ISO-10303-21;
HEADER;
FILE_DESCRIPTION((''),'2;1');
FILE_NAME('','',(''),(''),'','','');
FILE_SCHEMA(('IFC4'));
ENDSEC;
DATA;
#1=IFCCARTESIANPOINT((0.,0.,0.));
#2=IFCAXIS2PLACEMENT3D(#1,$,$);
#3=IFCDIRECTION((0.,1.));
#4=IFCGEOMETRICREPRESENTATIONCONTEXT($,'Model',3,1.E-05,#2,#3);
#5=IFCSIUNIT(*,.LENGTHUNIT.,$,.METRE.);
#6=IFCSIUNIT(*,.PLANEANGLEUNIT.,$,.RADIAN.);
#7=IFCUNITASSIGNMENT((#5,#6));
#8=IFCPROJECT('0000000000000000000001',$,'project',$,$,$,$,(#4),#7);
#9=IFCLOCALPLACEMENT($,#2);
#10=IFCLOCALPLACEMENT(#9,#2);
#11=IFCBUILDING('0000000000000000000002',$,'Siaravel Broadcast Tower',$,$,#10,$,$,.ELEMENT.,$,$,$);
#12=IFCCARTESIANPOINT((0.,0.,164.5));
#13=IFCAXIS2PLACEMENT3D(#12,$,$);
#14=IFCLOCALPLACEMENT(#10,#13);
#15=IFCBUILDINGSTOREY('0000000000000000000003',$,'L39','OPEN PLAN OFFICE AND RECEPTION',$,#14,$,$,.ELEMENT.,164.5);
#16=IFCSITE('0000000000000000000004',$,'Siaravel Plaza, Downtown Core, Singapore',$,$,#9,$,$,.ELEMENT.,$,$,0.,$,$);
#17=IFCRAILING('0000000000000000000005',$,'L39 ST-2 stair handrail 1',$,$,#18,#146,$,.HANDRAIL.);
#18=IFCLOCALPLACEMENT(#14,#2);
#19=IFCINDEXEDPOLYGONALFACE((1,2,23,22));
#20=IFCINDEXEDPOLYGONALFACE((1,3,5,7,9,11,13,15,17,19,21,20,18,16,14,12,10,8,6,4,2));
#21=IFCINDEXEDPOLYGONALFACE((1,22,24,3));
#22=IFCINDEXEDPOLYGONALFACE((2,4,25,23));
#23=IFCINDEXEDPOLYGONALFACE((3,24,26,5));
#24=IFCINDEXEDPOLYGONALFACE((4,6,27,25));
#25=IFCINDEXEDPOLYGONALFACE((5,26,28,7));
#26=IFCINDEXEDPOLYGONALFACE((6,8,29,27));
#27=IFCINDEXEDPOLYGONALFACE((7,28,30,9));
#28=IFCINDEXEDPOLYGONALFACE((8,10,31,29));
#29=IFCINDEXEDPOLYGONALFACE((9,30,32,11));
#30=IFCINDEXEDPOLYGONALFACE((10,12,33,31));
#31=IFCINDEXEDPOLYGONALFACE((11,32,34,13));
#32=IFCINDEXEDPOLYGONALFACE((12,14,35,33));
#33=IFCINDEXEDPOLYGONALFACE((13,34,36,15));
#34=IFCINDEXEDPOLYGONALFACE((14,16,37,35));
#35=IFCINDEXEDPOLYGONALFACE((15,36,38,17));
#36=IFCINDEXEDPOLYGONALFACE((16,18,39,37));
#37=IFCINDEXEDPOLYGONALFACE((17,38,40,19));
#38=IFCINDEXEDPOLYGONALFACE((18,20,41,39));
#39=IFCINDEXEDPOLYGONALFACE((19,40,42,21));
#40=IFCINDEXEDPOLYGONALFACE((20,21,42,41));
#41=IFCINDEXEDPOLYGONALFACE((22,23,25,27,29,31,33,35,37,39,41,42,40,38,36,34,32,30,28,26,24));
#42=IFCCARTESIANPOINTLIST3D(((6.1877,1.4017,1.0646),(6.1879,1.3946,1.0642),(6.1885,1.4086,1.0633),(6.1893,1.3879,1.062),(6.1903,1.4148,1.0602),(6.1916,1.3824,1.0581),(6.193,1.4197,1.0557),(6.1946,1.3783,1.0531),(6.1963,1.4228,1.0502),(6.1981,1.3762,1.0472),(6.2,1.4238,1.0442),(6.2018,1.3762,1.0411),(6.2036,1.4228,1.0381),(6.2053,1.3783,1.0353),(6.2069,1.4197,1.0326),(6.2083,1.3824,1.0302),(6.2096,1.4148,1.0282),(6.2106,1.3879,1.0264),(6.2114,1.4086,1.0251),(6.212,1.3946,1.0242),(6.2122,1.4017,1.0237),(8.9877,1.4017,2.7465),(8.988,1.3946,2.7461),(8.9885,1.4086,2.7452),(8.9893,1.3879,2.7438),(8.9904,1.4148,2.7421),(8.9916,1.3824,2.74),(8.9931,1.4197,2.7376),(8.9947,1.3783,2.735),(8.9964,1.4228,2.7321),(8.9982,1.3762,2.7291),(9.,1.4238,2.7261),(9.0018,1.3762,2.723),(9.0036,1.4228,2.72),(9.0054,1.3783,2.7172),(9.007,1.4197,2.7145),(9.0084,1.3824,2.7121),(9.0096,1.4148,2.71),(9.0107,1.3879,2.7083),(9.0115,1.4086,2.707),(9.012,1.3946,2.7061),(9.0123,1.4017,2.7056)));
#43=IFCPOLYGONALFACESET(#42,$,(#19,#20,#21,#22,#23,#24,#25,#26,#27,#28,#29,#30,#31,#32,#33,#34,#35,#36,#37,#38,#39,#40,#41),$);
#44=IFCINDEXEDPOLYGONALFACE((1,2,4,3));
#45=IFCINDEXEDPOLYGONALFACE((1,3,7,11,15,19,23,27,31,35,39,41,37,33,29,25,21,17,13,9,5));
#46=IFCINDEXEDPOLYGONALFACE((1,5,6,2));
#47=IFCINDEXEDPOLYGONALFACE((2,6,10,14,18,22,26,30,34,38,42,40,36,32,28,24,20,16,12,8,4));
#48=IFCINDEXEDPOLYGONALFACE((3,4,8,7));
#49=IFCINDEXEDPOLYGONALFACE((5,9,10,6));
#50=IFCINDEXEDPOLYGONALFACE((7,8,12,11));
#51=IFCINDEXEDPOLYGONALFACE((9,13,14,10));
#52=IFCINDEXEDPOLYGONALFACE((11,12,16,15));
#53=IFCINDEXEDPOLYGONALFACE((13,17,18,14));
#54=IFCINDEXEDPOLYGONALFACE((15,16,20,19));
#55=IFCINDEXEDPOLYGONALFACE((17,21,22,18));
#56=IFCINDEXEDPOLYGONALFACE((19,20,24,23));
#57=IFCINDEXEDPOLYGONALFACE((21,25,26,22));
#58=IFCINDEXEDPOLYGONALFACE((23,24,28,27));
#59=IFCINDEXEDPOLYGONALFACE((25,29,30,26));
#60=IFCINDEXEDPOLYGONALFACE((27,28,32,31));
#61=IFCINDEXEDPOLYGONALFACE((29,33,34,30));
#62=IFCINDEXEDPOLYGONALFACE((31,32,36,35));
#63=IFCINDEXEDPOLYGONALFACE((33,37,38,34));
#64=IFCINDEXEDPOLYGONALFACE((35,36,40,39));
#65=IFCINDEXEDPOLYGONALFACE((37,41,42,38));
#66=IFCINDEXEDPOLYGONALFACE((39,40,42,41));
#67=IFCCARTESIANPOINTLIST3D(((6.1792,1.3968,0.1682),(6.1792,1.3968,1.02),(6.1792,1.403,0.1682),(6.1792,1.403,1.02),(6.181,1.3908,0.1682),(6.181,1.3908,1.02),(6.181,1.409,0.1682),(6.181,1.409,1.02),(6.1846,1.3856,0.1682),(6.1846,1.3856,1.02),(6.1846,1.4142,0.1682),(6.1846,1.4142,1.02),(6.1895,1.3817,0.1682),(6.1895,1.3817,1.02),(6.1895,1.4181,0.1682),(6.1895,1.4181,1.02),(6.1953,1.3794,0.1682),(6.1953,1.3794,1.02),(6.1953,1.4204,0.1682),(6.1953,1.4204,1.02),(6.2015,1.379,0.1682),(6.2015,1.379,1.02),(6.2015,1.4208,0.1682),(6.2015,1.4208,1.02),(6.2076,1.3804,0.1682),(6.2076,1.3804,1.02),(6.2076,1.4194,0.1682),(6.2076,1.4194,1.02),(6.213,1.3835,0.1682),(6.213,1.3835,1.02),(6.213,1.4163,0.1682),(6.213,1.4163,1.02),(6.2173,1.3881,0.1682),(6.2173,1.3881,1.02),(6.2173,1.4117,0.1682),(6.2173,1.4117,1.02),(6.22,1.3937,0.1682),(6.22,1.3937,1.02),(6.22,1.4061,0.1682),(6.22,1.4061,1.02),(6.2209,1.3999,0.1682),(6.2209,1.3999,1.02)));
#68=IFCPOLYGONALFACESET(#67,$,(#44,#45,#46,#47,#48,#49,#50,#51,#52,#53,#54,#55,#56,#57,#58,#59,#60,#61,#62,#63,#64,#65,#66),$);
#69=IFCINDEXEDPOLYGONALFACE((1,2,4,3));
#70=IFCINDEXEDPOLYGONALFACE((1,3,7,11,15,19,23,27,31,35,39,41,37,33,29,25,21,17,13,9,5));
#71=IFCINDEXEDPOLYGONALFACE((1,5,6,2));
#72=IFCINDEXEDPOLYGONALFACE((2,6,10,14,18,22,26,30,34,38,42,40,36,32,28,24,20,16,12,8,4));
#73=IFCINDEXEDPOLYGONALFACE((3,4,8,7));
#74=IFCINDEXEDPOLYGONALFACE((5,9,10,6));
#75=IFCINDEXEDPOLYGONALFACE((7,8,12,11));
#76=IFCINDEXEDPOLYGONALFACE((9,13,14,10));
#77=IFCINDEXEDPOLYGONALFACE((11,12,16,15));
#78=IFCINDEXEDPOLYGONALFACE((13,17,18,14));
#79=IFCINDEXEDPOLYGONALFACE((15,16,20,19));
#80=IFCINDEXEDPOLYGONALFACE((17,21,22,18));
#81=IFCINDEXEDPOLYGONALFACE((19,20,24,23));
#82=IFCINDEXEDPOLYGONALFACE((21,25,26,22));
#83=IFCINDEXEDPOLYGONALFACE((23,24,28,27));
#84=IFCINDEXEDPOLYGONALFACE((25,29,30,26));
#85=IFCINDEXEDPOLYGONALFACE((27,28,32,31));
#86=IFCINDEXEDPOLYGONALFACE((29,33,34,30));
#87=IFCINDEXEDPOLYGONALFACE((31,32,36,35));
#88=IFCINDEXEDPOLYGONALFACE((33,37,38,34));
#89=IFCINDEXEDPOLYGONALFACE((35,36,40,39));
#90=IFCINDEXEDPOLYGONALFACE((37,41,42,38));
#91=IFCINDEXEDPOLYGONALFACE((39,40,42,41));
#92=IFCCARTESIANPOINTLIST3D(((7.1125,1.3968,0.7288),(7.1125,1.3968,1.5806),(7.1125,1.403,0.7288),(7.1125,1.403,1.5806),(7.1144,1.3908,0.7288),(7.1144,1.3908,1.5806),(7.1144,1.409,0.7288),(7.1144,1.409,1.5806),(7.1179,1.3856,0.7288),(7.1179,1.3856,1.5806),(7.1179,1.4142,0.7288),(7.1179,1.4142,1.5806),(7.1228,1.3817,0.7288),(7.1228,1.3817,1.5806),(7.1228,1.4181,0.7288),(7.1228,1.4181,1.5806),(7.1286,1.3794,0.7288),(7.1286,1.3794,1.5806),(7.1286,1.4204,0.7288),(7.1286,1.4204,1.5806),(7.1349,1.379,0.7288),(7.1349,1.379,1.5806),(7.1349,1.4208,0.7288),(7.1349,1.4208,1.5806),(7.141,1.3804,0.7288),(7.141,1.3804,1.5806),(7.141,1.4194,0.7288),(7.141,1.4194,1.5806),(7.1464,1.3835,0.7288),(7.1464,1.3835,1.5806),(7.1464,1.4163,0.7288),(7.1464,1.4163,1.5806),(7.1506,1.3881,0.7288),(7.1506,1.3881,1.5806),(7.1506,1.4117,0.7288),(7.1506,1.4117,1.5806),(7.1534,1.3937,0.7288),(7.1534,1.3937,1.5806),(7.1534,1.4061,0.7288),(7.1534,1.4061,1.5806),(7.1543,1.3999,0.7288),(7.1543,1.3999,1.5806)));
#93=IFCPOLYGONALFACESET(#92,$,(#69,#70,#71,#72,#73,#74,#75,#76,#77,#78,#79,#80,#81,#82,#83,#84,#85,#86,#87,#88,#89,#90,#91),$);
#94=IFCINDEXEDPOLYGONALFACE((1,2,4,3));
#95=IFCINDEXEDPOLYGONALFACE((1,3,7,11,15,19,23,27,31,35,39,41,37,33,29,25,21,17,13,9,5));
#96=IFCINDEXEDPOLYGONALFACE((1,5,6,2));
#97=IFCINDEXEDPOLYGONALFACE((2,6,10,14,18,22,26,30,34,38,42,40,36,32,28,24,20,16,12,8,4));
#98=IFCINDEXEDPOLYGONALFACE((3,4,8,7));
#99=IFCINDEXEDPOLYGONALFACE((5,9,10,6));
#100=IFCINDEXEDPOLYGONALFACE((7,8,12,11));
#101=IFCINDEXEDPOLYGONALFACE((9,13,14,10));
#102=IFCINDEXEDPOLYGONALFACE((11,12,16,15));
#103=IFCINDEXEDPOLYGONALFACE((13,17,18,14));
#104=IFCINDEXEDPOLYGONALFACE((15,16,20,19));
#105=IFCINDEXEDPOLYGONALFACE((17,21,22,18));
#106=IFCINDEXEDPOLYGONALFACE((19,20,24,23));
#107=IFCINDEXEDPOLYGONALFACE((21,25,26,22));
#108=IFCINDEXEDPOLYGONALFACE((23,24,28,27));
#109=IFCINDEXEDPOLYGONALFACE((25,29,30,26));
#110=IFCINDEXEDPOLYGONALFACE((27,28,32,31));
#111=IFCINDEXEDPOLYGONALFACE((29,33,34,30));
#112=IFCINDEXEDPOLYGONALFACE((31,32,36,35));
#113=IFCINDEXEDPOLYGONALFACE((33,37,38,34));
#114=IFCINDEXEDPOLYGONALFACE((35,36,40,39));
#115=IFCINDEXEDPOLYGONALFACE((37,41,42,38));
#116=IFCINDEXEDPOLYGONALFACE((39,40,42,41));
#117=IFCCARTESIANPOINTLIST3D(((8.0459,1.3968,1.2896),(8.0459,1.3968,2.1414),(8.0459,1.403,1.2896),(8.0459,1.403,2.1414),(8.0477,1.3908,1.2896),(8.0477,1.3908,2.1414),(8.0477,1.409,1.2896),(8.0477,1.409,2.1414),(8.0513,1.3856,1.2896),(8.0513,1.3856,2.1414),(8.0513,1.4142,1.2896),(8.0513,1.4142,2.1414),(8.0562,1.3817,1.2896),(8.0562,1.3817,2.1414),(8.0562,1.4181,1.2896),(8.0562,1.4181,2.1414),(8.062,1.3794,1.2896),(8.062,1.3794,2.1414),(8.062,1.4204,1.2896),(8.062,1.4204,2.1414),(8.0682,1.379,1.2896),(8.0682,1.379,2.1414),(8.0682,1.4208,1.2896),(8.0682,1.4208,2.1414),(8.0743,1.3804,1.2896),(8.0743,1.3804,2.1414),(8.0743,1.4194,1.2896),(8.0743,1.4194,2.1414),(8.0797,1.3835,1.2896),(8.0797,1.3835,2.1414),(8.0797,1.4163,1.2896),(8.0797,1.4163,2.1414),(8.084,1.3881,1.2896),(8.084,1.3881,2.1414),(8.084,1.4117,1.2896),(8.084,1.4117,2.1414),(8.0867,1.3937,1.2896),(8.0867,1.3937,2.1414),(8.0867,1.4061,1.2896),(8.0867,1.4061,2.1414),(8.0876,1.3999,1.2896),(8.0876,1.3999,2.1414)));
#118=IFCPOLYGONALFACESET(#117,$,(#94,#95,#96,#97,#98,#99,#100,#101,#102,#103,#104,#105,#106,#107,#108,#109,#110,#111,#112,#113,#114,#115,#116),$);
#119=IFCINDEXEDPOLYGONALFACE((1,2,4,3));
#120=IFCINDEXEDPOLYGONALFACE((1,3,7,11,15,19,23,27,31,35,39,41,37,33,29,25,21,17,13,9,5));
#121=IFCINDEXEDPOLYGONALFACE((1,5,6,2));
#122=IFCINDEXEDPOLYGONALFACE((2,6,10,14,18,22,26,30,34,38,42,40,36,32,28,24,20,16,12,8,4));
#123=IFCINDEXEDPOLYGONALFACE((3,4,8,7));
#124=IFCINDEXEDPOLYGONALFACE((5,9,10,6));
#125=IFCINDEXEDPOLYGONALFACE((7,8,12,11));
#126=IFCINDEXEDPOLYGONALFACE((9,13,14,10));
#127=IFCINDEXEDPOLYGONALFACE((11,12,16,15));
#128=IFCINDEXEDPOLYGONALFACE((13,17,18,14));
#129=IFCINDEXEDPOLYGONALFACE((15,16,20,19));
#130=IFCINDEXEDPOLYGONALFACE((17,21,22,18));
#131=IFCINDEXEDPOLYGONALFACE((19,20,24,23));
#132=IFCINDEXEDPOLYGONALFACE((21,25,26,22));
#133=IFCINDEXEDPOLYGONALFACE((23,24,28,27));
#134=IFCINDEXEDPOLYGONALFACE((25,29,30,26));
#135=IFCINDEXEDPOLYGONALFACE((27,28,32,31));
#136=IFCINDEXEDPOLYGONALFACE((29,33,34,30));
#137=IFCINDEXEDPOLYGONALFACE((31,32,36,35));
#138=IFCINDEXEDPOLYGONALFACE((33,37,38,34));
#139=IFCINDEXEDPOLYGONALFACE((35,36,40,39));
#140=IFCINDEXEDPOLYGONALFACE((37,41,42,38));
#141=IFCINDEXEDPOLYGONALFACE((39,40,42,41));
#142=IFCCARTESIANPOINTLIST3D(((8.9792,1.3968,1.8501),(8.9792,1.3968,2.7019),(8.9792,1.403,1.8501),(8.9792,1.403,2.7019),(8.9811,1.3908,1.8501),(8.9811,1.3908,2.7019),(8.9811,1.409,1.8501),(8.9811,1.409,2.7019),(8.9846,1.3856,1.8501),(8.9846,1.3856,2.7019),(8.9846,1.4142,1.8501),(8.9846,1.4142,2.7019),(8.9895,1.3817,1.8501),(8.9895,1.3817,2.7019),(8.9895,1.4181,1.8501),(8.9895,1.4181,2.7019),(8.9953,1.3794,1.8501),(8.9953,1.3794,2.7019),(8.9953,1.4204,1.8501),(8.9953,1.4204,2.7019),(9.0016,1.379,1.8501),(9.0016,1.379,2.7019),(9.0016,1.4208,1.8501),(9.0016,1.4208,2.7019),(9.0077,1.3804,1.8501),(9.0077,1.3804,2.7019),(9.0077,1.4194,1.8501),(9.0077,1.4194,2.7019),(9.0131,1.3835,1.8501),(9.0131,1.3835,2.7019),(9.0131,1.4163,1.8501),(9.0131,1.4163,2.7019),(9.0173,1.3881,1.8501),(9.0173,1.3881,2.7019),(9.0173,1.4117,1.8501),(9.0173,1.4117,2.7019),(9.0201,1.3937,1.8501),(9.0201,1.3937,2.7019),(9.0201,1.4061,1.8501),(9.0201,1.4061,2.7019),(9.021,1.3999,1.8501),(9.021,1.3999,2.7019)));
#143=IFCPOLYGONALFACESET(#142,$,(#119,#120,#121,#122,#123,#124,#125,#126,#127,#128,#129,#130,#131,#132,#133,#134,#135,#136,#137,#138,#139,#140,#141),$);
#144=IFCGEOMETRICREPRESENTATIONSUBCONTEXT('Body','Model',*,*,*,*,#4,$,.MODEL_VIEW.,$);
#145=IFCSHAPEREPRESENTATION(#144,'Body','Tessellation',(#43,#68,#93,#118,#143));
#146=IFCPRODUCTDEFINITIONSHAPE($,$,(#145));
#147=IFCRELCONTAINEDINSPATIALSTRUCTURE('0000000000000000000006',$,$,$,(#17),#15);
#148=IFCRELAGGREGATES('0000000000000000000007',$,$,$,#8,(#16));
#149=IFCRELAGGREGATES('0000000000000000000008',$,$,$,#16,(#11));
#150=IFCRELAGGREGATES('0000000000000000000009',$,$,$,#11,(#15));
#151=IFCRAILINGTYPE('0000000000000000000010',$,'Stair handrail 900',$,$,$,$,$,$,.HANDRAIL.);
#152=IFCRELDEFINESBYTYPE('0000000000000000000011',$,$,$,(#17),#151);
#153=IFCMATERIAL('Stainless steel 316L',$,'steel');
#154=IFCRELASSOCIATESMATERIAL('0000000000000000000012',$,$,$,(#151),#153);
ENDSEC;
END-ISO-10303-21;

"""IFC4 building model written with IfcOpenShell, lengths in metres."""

from ifc_helpers import new_model, si_unit, direction, frame, origin, origin_2d, place, context, subcontext, project, spatial, circle, extrude, material, type_object, element, save


model = new_model("IFC4")

# Units and contexts
model_context = context("Model", 3, precision=1e-05, world=origin(), true_north=direction((0.0, 1.0)))
body_context = subcontext(model_context, "Body", "Model", "MODEL_VIEW")
ifc_project = project(units=[si_unit("LENGTHUNIT", "METRE"), si_unit("PLANEANGLEUNIT", "RADIAN")], contexts=[model_context])

# Site, building, storey
site_placement = place(None, origin())
site = spatial("IfcSite", under=ifc_project, at=site_placement, Name="Siaravel Plaza, Downtown Core, Singapore", CompositionType="ELEMENT", RefElevation=0.0)
building_placement = place(site_placement, origin())
building = spatial("IfcBuilding", under=site, at=building_placement, Name="Siaravel Broadcast Tower", CompositionType="ELEMENT")
storey_placement = place(building_placement, frame((0.0, 0.0, 164.5)))
storey = spatial("IfcBuildingStorey", under=building, at=storey_placement, Name="L39", Description="OPEN PLAN OFFICE AND RECEPTION", CompositionType="ELEMENT", Elevation=164.5)

# Railing
ifc_material_1 = material(Name="Stainless steel 316L", Category="steel")
railing_type_1 = type_object("IfcRailingType", Name="Stair handrail 900", PredefinedType="HANDRAIL", material=ifc_material_1)
railing_1_placement = place(storey_placement, frame((6.2, 1.3999, 0.1682)))
element("IfcRailing", 1, at=railing_1_placement, inside=storey, type_object=railing_type_1, Name="L39 ST-2 stair handrail 1", PredefinedType="HANDRAIL", context=body_context, shape_type="SweptSolid", body=[
    extrude(circle(Radius=0.0239, at=origin_2d()), frame((0.0, 0.0, 0.876), z_axis=(0.857242, 0.0, 0.514913), x_axis=(0.0, 1.0, 0.0)), (0.0, 0.0, 1.0), 3.2664),
    extrude(circle(Radius=0.021, at=origin_2d()), origin(), (0.0, 0.0, 1.0), 0.8518),
    extrude(circle(Radius=0.021, at=origin_2d()), frame((0.9333, 0.0, 0.5605)), (0.0, 0.0, 1.0), 0.8518),
    extrude(circle(Radius=0.021, at=origin_2d()), frame((1.8667, 0.0, 1.1213)), (0.0, 0.0, 1.0), 0.8518),
    extrude(circle(Radius=0.021, at=origin_2d()), frame((2.8, 0.0, 1.6819)), (0.0, 0.0, 1.0), 0.8518),
])

save(model, "model.ifc")
